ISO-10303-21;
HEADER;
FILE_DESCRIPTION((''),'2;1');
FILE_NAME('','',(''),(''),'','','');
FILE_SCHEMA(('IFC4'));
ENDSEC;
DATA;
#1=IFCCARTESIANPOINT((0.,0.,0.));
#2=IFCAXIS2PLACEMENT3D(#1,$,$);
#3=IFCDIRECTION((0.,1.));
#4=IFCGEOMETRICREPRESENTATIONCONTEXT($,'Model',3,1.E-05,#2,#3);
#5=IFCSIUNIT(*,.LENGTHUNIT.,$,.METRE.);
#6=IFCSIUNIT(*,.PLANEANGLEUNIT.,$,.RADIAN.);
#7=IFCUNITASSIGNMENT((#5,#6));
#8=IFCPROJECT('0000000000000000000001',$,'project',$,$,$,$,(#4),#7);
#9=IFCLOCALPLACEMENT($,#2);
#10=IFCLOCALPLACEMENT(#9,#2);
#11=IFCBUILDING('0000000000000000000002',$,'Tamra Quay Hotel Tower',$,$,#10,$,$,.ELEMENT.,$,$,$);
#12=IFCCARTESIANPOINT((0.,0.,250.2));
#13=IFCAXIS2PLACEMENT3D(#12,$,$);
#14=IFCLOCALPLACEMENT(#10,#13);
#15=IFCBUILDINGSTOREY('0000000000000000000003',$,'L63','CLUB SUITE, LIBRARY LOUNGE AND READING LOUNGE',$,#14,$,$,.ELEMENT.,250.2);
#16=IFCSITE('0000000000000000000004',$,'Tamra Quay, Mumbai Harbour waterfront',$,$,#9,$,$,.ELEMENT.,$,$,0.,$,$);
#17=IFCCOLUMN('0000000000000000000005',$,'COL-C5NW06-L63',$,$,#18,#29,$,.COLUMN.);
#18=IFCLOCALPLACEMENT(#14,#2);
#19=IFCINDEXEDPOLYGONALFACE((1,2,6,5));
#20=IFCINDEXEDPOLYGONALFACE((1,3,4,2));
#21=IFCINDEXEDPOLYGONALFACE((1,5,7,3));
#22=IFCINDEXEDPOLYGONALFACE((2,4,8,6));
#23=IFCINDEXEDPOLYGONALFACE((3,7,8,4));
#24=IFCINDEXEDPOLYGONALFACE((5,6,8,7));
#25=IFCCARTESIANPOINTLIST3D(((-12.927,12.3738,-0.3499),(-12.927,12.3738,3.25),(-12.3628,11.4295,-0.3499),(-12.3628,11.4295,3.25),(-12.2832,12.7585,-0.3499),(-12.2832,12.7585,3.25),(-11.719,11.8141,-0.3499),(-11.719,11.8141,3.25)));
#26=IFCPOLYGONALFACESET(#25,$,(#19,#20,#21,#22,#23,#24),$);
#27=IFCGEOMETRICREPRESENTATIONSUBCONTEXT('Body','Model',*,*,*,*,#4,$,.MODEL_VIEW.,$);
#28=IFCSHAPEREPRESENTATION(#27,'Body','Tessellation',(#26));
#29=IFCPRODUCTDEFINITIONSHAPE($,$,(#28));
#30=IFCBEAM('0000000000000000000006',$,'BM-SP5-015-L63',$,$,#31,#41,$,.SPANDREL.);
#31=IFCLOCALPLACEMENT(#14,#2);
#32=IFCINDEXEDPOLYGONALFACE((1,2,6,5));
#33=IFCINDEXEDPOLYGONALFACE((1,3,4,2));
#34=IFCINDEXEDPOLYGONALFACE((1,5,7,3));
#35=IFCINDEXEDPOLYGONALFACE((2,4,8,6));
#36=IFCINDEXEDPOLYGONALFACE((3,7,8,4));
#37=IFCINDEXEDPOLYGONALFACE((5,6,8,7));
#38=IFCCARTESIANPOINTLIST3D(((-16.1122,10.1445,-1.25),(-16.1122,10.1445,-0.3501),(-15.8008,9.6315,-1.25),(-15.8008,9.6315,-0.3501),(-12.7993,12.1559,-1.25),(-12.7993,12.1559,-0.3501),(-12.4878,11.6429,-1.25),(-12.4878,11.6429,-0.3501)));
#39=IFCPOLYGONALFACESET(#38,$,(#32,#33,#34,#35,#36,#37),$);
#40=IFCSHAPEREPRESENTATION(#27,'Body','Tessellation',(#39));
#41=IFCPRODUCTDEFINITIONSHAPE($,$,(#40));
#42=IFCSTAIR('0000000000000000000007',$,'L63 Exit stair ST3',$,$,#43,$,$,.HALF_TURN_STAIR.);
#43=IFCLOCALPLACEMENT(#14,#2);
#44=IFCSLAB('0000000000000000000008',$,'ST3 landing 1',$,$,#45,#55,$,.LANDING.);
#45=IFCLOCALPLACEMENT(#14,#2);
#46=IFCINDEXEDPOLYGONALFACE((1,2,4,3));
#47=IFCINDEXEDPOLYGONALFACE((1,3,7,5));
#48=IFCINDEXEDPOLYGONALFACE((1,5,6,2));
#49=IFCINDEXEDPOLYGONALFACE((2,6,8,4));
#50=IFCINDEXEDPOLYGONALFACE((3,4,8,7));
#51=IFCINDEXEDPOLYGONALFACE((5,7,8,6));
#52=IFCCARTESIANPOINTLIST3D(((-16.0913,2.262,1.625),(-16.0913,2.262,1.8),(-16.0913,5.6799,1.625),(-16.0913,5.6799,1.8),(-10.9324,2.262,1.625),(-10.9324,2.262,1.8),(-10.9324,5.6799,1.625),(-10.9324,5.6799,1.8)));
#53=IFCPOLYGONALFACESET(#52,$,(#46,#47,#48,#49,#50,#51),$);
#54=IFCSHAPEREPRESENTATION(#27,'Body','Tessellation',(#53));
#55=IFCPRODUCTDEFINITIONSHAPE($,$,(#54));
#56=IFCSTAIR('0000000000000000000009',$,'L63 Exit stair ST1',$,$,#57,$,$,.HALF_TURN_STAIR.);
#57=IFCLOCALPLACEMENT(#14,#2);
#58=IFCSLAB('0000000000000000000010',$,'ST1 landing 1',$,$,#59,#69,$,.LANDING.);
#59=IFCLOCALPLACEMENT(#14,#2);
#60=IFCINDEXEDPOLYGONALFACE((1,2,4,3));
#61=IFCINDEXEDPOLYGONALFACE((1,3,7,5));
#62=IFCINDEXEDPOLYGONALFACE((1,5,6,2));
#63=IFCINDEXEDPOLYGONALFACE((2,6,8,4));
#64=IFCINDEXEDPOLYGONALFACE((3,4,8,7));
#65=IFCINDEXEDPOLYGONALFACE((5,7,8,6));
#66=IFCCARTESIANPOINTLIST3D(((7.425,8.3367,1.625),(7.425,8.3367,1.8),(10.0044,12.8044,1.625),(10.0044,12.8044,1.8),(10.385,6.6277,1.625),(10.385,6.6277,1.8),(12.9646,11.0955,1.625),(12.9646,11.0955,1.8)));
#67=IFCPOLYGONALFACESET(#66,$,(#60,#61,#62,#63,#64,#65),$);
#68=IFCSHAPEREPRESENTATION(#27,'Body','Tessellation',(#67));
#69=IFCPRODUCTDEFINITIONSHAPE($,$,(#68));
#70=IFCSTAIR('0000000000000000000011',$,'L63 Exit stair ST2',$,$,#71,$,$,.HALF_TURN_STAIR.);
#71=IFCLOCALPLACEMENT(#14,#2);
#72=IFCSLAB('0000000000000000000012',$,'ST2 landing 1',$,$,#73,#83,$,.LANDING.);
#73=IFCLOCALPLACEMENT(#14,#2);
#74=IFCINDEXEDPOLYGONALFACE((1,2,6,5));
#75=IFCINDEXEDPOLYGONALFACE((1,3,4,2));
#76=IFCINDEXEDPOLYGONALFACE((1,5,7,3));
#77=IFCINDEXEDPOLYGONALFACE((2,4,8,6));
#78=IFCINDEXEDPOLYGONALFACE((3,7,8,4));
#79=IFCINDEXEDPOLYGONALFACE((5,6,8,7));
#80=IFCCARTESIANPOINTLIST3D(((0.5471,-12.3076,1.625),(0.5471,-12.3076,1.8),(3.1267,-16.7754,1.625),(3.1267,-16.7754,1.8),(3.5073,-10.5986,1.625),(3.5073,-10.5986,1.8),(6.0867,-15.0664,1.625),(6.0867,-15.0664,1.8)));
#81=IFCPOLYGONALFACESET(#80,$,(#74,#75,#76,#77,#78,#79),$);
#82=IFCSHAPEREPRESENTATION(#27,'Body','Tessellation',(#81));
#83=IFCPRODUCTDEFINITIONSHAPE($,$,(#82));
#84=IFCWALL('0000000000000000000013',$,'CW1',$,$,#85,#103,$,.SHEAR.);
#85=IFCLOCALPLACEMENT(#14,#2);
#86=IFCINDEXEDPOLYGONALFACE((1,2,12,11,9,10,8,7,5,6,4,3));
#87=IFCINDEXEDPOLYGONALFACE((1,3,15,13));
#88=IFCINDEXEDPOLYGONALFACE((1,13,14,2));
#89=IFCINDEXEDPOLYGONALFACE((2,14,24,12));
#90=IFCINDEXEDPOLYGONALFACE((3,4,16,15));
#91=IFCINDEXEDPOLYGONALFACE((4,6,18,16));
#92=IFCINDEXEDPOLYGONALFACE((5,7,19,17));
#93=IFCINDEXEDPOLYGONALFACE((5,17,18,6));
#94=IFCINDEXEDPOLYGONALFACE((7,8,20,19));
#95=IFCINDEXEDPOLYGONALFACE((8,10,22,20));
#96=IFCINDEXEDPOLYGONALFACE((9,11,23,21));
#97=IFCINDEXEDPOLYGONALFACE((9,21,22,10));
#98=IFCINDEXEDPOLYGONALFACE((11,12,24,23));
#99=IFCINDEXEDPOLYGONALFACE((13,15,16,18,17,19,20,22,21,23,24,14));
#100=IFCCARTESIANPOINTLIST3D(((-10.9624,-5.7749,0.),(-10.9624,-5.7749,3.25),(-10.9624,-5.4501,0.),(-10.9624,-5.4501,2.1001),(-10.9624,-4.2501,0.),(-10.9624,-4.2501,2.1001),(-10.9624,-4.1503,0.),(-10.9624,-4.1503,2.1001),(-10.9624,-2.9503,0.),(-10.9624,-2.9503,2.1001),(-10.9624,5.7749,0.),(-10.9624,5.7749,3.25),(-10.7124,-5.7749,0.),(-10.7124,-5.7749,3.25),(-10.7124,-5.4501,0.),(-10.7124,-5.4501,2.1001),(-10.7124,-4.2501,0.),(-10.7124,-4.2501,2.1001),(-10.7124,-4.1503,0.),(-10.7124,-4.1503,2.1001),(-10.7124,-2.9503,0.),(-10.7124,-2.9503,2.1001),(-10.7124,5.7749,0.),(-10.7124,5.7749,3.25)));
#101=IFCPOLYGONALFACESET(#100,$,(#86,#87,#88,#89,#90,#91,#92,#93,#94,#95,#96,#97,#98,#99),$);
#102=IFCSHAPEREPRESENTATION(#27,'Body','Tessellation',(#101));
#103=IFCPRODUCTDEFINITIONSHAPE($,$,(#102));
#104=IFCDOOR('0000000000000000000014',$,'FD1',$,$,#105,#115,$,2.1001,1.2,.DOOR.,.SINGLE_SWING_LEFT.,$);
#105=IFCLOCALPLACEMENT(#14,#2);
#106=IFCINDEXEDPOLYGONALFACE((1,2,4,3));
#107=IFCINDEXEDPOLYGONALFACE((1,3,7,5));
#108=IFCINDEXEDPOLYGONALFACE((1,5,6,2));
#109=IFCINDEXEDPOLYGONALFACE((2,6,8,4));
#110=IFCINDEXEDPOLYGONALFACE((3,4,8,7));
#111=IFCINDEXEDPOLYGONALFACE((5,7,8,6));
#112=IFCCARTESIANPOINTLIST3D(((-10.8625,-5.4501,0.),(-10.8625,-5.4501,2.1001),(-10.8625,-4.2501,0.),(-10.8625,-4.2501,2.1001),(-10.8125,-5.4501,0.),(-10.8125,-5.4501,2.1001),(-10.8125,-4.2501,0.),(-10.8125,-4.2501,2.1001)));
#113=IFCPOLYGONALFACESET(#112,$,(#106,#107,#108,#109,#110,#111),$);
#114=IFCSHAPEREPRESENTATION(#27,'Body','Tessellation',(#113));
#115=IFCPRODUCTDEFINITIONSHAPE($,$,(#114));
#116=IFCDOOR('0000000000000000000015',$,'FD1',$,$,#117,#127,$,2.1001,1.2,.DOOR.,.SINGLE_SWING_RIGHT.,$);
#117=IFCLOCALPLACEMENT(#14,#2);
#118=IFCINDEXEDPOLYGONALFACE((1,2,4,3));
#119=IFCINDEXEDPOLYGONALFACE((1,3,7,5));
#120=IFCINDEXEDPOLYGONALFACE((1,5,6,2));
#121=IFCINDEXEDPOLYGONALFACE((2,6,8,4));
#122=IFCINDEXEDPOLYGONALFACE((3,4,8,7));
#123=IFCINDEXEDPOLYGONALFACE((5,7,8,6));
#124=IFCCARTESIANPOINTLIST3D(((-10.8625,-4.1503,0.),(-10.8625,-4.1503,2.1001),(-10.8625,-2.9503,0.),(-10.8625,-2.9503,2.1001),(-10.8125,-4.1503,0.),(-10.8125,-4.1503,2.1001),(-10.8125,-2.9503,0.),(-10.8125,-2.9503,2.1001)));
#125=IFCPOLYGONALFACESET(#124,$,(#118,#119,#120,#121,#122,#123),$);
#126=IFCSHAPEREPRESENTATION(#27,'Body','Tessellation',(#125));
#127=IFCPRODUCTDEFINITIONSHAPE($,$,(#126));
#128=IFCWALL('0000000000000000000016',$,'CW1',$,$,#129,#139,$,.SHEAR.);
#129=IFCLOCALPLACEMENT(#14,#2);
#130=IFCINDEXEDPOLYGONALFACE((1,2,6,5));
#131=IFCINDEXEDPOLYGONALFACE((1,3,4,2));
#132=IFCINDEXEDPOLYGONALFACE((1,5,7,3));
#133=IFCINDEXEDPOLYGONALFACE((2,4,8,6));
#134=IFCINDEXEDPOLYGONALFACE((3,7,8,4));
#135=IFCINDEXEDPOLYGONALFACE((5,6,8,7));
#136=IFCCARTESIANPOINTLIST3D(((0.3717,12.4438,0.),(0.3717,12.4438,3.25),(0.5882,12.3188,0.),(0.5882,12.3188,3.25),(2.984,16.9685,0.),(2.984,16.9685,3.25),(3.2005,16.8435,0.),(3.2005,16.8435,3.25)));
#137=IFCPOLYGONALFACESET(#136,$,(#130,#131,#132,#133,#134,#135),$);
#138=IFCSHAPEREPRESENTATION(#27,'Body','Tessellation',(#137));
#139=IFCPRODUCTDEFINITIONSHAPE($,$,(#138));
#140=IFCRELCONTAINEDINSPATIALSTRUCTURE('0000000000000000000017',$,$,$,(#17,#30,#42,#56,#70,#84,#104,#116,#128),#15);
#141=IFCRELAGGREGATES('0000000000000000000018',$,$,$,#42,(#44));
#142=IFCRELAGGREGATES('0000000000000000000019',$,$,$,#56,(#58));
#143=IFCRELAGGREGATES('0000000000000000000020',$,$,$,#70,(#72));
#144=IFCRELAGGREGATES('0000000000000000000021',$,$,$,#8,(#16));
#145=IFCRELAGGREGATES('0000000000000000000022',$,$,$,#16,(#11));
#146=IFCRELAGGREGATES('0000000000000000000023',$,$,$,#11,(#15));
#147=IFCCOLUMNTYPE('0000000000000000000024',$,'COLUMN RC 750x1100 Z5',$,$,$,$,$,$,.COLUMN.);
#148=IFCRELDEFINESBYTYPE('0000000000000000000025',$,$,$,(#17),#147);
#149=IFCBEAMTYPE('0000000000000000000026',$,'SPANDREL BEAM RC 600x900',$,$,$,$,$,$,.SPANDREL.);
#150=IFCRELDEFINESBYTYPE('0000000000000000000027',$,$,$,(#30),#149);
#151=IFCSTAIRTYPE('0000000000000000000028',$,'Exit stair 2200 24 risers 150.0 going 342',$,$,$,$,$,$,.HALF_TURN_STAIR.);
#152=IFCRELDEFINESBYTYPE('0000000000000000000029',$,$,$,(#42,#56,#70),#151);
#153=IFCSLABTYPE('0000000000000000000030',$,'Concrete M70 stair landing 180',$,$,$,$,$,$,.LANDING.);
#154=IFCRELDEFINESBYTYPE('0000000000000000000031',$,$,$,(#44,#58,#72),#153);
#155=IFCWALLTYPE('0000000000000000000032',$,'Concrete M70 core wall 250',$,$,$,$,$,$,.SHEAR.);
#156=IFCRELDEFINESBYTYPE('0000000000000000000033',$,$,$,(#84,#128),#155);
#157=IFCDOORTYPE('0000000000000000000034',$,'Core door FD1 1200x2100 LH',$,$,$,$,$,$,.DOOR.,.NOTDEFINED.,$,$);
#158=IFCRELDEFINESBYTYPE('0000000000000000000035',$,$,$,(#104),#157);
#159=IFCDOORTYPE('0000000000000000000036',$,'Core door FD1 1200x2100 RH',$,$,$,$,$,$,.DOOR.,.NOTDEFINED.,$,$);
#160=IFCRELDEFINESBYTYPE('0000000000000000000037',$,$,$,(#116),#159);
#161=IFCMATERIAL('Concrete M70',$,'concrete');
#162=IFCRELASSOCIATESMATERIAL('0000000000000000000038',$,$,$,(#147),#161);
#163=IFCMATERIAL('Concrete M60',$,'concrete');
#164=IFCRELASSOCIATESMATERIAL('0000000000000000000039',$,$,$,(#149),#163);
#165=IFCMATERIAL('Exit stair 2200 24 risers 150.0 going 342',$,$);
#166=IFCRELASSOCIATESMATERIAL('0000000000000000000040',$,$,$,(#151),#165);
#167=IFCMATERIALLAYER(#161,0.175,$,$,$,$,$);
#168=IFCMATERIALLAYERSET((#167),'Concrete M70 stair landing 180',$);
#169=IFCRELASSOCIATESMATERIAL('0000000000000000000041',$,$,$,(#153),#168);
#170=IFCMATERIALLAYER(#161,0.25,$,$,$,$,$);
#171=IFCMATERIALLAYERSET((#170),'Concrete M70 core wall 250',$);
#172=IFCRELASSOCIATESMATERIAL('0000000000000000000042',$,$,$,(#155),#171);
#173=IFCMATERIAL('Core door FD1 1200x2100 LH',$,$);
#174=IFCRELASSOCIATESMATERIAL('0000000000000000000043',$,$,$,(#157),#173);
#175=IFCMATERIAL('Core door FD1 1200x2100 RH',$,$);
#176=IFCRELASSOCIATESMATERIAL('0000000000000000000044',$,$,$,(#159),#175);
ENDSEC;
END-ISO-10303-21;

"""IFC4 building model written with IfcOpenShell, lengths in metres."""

from ifc_helpers import new_model, si_unit, direction, frame, frame_2d, origin, origin_2d, place, context, subcontext, project, spatial, polyline, rectangle, outline, extrude, material, layer, layer_set, material_profile, profile_set, type_object, element, fill, aggregate, save


model = new_model("IFC4")

# Units and contexts
model_context = context("Model", 3, precision=1e-05, world=origin(), true_north=direction((0.0, 1.0)))
body_context = subcontext(model_context, "Body", "Model", "MODEL_VIEW")
ifc_project = project(units=[si_unit("LENGTHUNIT", "METRE"), si_unit("PLANEANGLEUNIT", "RADIAN")], contexts=[model_context])

# Site, building, storey
site_placement = place(None, origin())
site = spatial("IfcSite", under=ifc_project, at=site_placement, Name="Tamra Quay, Mumbai Harbour waterfront", CompositionType="ELEMENT", RefElevation=0.0)
building_placement = place(site_placement, origin())
building = spatial("IfcBuilding", under=site, at=building_placement, Name="Tamra Quay Hotel Tower", CompositionType="ELEMENT")
storey_placement = place(building_placement, frame((0.0, 0.0, 250.2)))
storey = spatial("IfcBuildingStorey", under=building, at=storey_placement, Name="L63", Description="CLUB SUITE, LIBRARY LOUNGE AND READING LOUNGE", CompositionType="ELEMENT", Elevation=250.2)

# Column
ifc_material_1 = material(Name="Concrete M70", Category="concrete")
ifc_material_profile_1 = material_profile(ifc_material_1, rectangle(XDim=1.1001, YDim=0.75, at=origin_2d()), Name="COLUMN RC 750x1100 Z5")
ifc_profile_set_1 = profile_set([ifc_material_profile_1], Name="Concrete M70")
column_type = type_object("IfcColumnType", Name="COLUMN RC 750x1100 Z5", PredefinedType="COLUMN", material=ifc_profile_set_1)
column_placement = place(storey_placement, frame((-12.323, 12.094, -0.3499), z_axis=(0.0, 0.0, 1.0), x_axis=(-0.512899, 0.858449, 0.0)))
element("IfcColumn", 1, at=column_placement, inside=storey, type_object=column_type, Name="COL-C5NW06-L63", PredefinedType="COLUMN", context=body_context, shape_type="SweptSolid", body=[
    extrude(rectangle(XDim=1.1001, YDim=0.75, at=origin_2d()), origin(), (0.0, 0.0, 1.0), 3.5999),
])

# Beam
ifc_material_2 = material(Name="Concrete M60", Category="concrete")
ifc_material_profile_2 = material_profile(ifc_material_2, rectangle(XDim=0.6001, YDim=0.8999, at=origin_2d()), Name="SPANDREL BEAM RC 600x900")
ifc_profile_set_2 = profile_set([ifc_material_profile_2], Name="Concrete M60")
beam_type = type_object("IfcBeamType", Name="SPANDREL BEAM RC 600x900", PredefinedType="SPANDREL", material=ifc_profile_set_2)
beam_placement = place(storey_placement, frame((-12.6436, 11.8994, -0.8), z_axis=(-0.854786, -0.518981, 0.0), x_axis=(0.518981, -0.854786, 0.0)))
element("IfcBeam", 2, at=beam_placement, inside=storey, type_object=beam_type, Name="BM-SP5-015-L63", PredefinedType="SPANDREL", context=body_context, shape_type="SweptSolid", body=[
    extrude(rectangle(XDim=0.6001, YDim=0.8999, at=origin_2d()), origin(), (0.0, 0.0, 1.0), 3.8757),
])

# Stairs, slabs
ifc_material_3 = material(Name="Exit stair 2200 24 risers 150.0 going 342")
stair_type = type_object("IfcStairType", Name="Exit stair 2200 24 risers 150.0 going 342", PredefinedType="HALF_TURN_STAIR", material=ifc_material_3)
stair_1_placement = place(storey_placement, origin())
stair_1 = element("IfcStair", 3, at=stair_1_placement, inside=storey, type_object=stair_type, Name="L63 Exit stair ST3", PredefinedType="HALF_TURN_STAIR")
ifc_layer_1 = layer(ifc_material_1, 0.175)
ifc_layer_set_1 = layer_set([ifc_layer_1], Name="Concrete M70 stair landing 180")
slab_type = type_object("IfcSlabType", Name="Concrete M70 stair landing 180", PredefinedType="LANDING", material=ifc_layer_set_1)
slab_1_placement = place(storey_placement, frame((0.0, 0.0, 1.625)))
slab_1 = element("IfcSlab", 4, at=slab_1_placement, type_object=slab_type, Name="ST3 landing 1", PredefinedType="LANDING", context=body_context, shape_type="SweptSolid", body=[
    extrude(outline(polyline([(-10.9324, 2.262), (-10.9324, 5.6799), (-16.0913, 5.6799), (-16.0913, 2.262), (-10.9324, 2.262)])), origin(), (0.0, 0.0, 1.0), 0.175),
])
aggregate(stair_1, [slab_1])
stair_2_placement = place(storey_placement, origin())
stair_2 = element("IfcStair", 5, at=stair_2_placement, inside=storey, type_object=stair_type, Name="L63 Exit stair ST1", PredefinedType="HALF_TURN_STAIR")
slab_2_placement = place(storey_placement, frame((0.0, 0.0, 1.625)))
slab_2 = element("IfcSlab", 6, at=slab_2_placement, type_object=slab_type, Name="ST1 landing 1", PredefinedType="LANDING", context=body_context, shape_type="SweptSolid", body=[
    extrude(outline(polyline([(7.425, 8.3367), (10.385, 6.6277), (12.9646, 11.0955), (10.0044, 12.8044), (7.425, 8.3367)])), origin(), (0.0, 0.0, 1.0), 0.175),
])
aggregate(stair_2, [slab_2])
stair_3_placement = place(storey_placement, origin())
stair_3 = element("IfcStair", 7, at=stair_3_placement, inside=storey, type_object=stair_type, Name="L63 Exit stair ST2", PredefinedType="HALF_TURN_STAIR")
slab_3_placement = place(storey_placement, frame((0.0, 0.0, 1.625)))
slab_3 = element("IfcSlab", 8, at=slab_3_placement, type_object=slab_type, Name="ST2 landing 1", PredefinedType="LANDING", context=body_context, shape_type="SweptSolid", body=[
    extrude(outline(polyline([(3.5073, -10.5986), (0.5471, -12.3076), (3.1267, -16.7754), (6.0867, -15.0664), (3.5073, -10.5986)])), origin(), (0.0, 0.0, 1.0), 0.175),
])
aggregate(stair_3, [slab_3])

# Wall, openings, doors
ifc_layer_2 = layer(ifc_material_1, 0.25)
ifc_layer_set_2 = layer_set([ifc_layer_2], Name="Concrete M70 core wall 250")
wall_type_1 = type_object("IfcWallType", Name="Concrete M70 core wall 250", PredefinedType="SHEAR", material=ifc_layer_set_2)
wall_1_placement = place(storey_placement, frame((-10.8374, 5.7749, 0.0), z_axis=(0.0, 0.0, 1.0), x_axis=(0.0, -1.0, 0.0)))
wall_1 = element("IfcWall", 9, at=wall_1_placement, inside=storey, type_object=wall_type_1, Name="CW1", PredefinedType="SHEAR", context=body_context, shape_type="SweptSolid", body=[
    extrude(rectangle(XDim=11.5498, YDim=0.25, at=frame_2d((5.7749, 0.0))), origin(), (0.0, 0.0, 1.0), 3.25),
])
opening_1_placement = place(wall_1_placement, frame((10.0249, 0.0, 0.0)))
opening_1 = element("IfcOpeningElement", 10, at=opening_1_placement, cuts=wall_1, PredefinedType="OPENING", context=body_context, shape_type="SweptSolid", body=[
    extrude(rectangle(XDim=1.2, YDim=2.1001, at=frame_2d((0.6001, 1.05))), frame((0.0, 0.135, 0.0), z_axis=(0.0, -1.0, 0.0), x_axis=(1.0, 0.0, 0.0)), (0.0, 0.0, 1.0), 0.27),
])
opening_2_placement = place(wall_1_placement, frame((8.7251, 0.0, 0.0)))
opening_2 = element("IfcOpeningElement", 11, at=opening_2_placement, cuts=wall_1, PredefinedType="OPENING", context=body_context, shape_type="SweptSolid", body=[
    extrude(rectangle(XDim=1.2, YDim=2.1001, at=frame_2d((0.6001, 1.05))), frame((0.0, 0.135, 0.0), z_axis=(0.0, -1.0, 0.0), x_axis=(1.0, 0.0, 0.0)), (0.0, 0.0, 1.0), 0.27),
])
ifc_material_4 = material(Name="Core door FD1 1200x2100 LH")
door_type_1 = type_object("IfcDoorType", Name="Core door FD1 1200x2100 LH", OperationType="NOTDEFINED", PredefinedType="DOOR", material=ifc_material_4)
door_1_placement = place(opening_1_placement, origin())
door_1 = element("IfcDoor", 12, at=door_1_placement, inside=storey, type_object=door_type_1, Name="FD1", OperationType="SINGLE_SWING_LEFT", OverallHeight=2.1001, OverallWidth=1.2, PredefinedType="DOOR", context=body_context, shape_type="SweptSolid", body=[
    extrude(rectangle(XDim=1.2, YDim=2.1001, at=frame_2d((0.6001, 1.05))), frame((0.0, 0.0249, 0.0), z_axis=(0.0, -1.0, 0.0), x_axis=(1.0, 0.0, 0.0)), (0.0, 0.0, 1.0), 0.05),
])
fill(opening_1, door_1)
ifc_material_5 = material(Name="Core door FD1 1200x2100 RH")
door_type_2 = type_object("IfcDoorType", Name="Core door FD1 1200x2100 RH", OperationType="NOTDEFINED", PredefinedType="DOOR", material=ifc_material_5)
door_2_placement = place(opening_2_placement, origin())
door_2 = element("IfcDoor", 13, at=door_2_placement, inside=storey, type_object=door_type_2, Name="FD1", OperationType="SINGLE_SWING_RIGHT", OverallHeight=2.1001, OverallWidth=1.2, PredefinedType="DOOR", context=body_context, shape_type="SweptSolid", body=[
    extrude(rectangle(XDim=1.2, YDim=2.1001, at=frame_2d((0.6001, 1.05))), frame((0.0, 0.0249, 0.0), z_axis=(0.0, -1.0, 0.0), x_axis=(1.0, 0.0, 0.0)), (0.0, 0.0, 1.0), 0.05),
])
fill(opening_2, door_2)

# Wall
wall_2_placement = place(storey_placement, frame((0.48, 12.3813, 0.0), z_axis=(0.0, 0.0, 1.0), x_axis=(0.499999, 0.866026, 0.0)))
element("IfcWall", 14, at=wall_2_placement, inside=storey, type_object=wall_type_1, Name="CW1", PredefinedType="SHEAR", context=body_context, shape_type="SweptSolid", body=[
    extrude(rectangle(XDim=5.2246, YDim=0.25, at=frame_2d((2.6123, 0.0))), origin(), (0.0, 0.0, 1.0), 3.25),
])

save(model, "model.ifc")
